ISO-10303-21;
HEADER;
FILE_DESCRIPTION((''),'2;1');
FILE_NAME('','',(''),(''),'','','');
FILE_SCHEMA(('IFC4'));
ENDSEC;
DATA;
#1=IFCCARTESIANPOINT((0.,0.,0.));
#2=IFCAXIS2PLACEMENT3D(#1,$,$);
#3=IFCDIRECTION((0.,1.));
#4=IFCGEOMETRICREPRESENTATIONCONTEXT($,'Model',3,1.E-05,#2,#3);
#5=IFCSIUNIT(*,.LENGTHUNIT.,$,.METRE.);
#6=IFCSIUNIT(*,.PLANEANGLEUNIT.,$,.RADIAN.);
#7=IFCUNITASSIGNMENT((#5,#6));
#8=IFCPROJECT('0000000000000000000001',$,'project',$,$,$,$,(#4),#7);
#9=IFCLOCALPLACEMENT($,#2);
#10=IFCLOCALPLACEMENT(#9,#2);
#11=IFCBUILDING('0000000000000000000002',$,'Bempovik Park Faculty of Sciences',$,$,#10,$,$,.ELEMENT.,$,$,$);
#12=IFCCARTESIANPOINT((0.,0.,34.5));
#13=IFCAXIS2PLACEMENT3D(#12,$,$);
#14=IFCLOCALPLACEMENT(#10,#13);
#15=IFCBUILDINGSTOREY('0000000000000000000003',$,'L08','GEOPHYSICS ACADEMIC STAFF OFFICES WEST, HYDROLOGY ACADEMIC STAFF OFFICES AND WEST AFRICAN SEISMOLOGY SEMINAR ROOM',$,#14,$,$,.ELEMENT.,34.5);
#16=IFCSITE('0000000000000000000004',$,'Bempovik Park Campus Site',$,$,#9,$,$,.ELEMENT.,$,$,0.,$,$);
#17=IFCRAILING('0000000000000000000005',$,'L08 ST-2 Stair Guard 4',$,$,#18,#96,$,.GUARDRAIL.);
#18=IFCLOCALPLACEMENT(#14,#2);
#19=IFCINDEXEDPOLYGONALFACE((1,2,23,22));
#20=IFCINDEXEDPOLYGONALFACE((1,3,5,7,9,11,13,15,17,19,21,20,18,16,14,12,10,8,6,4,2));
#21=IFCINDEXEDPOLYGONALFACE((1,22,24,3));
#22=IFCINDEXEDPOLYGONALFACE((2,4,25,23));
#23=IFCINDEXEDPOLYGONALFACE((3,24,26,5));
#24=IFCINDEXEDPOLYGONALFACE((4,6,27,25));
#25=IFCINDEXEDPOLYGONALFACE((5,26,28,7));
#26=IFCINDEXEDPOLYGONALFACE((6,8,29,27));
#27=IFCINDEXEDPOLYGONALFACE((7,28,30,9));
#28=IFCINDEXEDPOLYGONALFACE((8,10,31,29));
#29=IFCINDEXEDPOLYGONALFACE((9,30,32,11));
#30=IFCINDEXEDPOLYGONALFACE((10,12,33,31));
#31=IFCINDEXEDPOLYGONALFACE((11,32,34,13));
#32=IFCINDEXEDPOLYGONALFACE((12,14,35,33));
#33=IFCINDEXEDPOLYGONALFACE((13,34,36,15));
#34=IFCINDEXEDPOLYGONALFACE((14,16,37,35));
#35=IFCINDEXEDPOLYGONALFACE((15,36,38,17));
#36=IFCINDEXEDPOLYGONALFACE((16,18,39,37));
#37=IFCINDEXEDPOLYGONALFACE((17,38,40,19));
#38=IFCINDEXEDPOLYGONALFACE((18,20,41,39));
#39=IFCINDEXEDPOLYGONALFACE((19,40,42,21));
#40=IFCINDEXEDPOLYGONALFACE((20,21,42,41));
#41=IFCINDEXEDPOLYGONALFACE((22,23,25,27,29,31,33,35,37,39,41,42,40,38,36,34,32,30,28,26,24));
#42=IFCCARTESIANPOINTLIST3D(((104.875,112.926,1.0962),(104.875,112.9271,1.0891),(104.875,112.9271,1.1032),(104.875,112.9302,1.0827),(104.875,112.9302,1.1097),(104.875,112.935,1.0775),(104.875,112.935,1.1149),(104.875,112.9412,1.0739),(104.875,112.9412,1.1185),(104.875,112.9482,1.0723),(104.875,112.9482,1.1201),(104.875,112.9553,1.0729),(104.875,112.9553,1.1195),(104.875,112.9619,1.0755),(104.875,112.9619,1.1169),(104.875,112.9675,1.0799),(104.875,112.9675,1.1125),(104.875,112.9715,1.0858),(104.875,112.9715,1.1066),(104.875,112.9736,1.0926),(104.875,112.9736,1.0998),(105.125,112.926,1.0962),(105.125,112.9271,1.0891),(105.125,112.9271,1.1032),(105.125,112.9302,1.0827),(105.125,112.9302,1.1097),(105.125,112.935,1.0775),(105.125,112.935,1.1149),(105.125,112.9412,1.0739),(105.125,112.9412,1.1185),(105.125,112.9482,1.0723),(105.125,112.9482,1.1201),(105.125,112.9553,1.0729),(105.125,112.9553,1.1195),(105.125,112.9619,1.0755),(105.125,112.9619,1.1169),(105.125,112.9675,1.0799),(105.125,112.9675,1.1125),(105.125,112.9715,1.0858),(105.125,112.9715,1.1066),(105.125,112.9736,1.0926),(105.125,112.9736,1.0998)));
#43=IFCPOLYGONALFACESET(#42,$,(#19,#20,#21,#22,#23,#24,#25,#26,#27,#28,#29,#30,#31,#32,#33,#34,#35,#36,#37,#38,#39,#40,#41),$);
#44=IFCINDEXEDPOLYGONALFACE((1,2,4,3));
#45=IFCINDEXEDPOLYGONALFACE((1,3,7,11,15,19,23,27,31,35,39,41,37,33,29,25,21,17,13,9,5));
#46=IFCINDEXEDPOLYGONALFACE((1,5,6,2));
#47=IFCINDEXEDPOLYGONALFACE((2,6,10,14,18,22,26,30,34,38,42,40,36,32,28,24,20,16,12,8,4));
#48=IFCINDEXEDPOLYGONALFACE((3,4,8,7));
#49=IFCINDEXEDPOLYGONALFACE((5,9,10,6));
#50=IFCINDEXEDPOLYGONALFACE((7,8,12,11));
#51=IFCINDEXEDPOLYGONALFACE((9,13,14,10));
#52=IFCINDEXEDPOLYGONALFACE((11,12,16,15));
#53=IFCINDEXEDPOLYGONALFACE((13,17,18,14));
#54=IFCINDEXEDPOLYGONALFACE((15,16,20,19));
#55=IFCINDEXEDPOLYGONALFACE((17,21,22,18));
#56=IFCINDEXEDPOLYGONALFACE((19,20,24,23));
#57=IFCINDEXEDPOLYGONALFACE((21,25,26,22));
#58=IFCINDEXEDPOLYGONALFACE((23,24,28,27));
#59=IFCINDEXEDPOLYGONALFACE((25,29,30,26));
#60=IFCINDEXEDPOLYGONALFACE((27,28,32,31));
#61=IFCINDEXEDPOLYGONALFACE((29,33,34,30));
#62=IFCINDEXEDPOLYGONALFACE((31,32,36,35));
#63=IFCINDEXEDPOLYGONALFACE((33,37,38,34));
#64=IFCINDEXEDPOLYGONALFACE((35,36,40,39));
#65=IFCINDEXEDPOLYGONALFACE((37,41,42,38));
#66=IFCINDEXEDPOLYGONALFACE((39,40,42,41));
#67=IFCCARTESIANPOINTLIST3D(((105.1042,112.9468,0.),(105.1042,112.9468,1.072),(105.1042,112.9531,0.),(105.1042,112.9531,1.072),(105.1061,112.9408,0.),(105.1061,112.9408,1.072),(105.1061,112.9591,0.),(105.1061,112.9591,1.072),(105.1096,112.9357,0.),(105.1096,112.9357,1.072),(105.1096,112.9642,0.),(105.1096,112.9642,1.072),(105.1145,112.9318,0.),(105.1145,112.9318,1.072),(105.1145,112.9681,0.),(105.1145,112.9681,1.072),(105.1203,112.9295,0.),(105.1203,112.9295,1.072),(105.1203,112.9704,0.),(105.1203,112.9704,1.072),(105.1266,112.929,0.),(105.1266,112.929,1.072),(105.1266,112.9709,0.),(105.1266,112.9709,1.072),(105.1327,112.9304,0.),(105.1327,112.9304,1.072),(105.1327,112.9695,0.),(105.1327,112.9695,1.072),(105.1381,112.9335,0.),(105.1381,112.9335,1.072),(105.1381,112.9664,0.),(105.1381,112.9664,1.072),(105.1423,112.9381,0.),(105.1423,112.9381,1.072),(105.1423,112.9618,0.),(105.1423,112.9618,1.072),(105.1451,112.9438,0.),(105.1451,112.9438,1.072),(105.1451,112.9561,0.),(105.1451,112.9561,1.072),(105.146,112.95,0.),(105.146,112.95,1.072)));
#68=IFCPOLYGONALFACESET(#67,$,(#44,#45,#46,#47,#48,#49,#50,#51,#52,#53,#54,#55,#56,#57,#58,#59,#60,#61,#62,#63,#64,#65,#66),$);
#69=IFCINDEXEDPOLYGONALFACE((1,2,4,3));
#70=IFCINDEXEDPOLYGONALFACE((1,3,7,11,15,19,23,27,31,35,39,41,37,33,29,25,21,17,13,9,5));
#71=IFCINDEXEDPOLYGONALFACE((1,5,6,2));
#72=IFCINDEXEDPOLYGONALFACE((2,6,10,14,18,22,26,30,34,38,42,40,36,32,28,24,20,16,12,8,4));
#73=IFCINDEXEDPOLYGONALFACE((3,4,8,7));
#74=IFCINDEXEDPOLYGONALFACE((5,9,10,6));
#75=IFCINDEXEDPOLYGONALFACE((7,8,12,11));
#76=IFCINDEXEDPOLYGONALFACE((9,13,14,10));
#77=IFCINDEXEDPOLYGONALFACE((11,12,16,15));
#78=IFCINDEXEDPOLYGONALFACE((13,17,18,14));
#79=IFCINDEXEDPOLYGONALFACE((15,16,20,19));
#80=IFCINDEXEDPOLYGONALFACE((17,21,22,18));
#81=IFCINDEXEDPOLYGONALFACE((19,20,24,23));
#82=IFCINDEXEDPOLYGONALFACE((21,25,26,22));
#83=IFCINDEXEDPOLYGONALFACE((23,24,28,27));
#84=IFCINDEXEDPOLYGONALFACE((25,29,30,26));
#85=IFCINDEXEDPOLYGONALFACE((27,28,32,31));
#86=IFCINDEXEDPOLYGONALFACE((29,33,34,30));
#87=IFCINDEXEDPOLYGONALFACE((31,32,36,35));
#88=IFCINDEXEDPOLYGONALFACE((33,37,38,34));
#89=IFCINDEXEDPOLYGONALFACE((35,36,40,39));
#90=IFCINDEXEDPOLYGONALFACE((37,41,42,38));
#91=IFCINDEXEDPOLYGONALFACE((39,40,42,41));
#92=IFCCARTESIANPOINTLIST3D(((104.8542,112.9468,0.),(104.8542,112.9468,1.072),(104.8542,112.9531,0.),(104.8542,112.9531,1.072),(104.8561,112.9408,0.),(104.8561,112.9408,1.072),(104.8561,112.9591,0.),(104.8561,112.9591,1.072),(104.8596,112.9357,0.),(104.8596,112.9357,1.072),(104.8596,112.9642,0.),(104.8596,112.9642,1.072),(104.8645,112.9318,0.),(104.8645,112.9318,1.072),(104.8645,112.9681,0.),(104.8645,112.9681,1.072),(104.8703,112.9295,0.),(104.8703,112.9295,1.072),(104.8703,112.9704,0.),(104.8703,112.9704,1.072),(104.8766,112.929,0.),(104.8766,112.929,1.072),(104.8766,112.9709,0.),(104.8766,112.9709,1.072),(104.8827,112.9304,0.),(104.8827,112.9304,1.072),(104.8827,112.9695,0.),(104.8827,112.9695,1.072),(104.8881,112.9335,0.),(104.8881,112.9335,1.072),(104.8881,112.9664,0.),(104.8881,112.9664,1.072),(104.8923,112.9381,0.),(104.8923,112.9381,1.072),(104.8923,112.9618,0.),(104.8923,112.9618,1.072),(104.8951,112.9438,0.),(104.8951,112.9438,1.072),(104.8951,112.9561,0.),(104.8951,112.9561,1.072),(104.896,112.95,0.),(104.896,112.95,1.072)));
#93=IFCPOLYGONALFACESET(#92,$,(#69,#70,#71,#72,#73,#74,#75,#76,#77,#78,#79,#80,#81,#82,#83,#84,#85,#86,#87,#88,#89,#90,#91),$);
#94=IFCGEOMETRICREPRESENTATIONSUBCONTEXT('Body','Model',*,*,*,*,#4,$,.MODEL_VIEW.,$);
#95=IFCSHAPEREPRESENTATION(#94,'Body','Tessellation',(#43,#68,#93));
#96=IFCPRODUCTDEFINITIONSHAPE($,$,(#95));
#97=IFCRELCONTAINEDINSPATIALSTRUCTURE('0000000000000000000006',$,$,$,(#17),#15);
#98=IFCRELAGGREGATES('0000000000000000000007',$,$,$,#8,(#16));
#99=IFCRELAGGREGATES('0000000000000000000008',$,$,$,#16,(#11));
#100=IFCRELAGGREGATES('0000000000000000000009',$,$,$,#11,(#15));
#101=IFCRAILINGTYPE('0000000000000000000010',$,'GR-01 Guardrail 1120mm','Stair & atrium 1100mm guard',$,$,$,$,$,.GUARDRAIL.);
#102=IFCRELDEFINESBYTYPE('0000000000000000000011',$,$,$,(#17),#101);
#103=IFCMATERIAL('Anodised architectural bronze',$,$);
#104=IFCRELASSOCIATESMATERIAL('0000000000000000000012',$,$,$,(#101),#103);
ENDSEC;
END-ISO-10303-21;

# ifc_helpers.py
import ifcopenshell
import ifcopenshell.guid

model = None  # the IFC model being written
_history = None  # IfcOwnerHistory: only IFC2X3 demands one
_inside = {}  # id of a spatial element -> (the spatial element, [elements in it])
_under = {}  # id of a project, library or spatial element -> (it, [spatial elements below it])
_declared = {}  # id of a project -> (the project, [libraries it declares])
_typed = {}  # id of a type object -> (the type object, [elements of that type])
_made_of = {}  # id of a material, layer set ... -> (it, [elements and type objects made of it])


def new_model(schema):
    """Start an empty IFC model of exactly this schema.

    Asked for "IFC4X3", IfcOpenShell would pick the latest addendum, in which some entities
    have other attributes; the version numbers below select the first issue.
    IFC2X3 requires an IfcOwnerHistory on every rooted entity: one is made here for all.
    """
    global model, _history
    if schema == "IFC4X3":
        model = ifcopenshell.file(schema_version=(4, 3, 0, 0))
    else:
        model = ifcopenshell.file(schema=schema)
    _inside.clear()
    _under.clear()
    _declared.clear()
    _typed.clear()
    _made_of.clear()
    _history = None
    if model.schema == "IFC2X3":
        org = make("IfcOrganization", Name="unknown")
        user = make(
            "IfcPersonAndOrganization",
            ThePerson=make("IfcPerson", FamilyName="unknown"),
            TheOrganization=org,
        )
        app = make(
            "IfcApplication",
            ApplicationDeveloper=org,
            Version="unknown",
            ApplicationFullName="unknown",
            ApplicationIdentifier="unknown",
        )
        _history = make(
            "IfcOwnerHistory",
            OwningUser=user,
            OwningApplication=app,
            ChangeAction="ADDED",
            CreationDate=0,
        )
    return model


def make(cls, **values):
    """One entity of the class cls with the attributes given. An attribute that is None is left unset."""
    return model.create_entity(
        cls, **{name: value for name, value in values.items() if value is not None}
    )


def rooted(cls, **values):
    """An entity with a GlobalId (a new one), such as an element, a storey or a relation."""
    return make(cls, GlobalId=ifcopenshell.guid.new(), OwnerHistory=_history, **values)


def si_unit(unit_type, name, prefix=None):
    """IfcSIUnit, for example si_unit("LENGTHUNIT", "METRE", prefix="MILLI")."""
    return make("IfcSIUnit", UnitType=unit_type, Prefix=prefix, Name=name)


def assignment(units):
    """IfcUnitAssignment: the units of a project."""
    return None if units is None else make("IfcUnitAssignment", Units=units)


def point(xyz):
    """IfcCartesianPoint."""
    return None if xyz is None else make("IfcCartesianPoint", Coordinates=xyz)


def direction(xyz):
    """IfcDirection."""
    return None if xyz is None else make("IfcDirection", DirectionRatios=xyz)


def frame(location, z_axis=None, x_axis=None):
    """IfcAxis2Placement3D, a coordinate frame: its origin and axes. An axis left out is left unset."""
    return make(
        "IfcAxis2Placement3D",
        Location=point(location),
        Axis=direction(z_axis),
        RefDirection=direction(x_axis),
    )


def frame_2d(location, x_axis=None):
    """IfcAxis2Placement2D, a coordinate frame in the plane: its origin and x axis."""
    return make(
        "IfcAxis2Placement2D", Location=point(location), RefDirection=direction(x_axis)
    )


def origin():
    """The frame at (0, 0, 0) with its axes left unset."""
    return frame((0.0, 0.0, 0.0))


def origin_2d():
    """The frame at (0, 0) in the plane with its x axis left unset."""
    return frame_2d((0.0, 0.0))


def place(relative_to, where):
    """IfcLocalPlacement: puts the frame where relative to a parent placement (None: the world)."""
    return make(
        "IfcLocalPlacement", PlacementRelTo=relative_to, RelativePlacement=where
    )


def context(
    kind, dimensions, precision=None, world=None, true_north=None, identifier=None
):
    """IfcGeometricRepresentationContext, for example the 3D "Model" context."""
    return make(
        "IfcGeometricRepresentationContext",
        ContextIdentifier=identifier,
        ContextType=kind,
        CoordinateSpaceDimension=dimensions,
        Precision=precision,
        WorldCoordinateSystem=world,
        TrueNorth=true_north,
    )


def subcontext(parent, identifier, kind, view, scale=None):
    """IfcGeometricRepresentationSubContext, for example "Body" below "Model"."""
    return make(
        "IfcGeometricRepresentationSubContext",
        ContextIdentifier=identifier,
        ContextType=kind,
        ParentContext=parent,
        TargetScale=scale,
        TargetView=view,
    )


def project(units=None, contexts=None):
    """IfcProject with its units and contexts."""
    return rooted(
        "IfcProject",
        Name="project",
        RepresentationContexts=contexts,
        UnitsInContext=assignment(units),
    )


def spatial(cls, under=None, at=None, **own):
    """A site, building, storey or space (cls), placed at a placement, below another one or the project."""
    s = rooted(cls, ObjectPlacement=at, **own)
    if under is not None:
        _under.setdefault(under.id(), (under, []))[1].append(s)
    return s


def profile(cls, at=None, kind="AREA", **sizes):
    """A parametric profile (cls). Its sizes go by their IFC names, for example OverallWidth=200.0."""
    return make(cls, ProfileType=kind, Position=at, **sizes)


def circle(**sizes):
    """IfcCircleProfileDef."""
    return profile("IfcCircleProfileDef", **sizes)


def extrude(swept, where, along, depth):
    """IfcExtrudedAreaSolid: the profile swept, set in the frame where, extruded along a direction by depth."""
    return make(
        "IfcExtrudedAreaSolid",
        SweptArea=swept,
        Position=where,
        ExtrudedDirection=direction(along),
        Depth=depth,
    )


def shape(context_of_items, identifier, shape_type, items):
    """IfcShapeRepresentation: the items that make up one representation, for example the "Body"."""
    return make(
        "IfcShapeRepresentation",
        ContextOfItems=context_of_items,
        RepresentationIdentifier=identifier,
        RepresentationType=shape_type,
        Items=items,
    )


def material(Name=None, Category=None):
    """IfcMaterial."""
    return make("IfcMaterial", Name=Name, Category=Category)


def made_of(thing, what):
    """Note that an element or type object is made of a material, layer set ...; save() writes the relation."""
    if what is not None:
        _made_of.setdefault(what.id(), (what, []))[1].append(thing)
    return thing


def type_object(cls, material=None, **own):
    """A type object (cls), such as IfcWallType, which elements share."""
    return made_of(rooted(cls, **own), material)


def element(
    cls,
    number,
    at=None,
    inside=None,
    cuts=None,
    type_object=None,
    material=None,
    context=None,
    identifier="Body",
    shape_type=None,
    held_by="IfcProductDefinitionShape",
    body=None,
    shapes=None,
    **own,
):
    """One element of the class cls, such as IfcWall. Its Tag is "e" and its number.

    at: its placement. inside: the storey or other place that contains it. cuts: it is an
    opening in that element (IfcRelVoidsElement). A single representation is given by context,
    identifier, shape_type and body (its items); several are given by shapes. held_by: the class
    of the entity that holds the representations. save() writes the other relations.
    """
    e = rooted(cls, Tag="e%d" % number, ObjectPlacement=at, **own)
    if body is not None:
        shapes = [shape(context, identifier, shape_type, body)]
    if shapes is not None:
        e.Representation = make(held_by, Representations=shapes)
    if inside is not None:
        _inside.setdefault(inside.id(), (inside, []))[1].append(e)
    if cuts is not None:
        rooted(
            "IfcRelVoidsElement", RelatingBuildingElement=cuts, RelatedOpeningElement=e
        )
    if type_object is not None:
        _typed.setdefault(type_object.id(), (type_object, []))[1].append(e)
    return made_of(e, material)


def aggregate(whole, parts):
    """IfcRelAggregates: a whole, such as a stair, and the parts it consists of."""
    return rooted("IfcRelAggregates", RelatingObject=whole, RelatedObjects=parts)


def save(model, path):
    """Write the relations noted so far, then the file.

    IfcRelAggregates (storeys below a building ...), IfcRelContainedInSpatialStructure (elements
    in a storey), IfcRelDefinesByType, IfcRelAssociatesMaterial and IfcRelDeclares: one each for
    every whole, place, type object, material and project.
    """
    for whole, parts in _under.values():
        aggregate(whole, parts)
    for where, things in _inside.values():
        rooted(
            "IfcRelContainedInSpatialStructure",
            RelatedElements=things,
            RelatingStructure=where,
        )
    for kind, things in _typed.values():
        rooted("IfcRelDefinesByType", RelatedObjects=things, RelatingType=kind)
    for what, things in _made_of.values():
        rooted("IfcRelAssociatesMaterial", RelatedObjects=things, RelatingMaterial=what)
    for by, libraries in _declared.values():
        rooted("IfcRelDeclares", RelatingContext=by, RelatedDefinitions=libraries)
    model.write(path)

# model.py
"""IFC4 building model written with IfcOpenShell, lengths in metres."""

from ifc_helpers import new_model, si_unit, direction, frame, origin, origin_2d, place, context, subcontext, project, spatial, circle, extrude, material, type_object, element, save


model = new_model("IFC4")

# Units and contexts
model_context = context("Model", 3, precision=1e-05, world=origin(), true_north=direction((0.0, 1.0)))
body_context = subcontext(model_context, "Body", "Model", "MODEL_VIEW")
ifc_project = project(units=[si_unit("LENGTHUNIT", "METRE"), si_unit("PLANEANGLEUNIT", "RADIAN")], contexts=[model_context])

# Site, building, storey
site_placement = place(None, origin())
site = spatial("IfcSite", under=ifc_project, at=site_placement, Name="Bempovik Park Campus Site", CompositionType="ELEMENT", RefElevation=0.0)
building_placement = place(site_placement, origin())
building = spatial("IfcBuilding", under=site, at=building_placement, Name="Bempovik Park Faculty of Sciences", CompositionType="ELEMENT")
storey_placement = place(building_placement, frame((0.0, 0.0, 34.5)))
storey = spatial("IfcBuildingStorey", under=building, at=storey_placement, Name="L08", Description="GEOPHYSICS ACADEMIC STAFF OFFICES WEST, HYDROLOGY ACADEMIC STAFF OFFICES AND WEST AFRICAN SEISMOLOGY SEMINAR ROOM", CompositionType="ELEMENT", Elevation=34.5)

# Railing
ifc_material_1 = material(Name="Anodised architectural bronze")
railing_type_1 = type_object("IfcRailingType", Name="GR-01 Guardrail 1120mm", Description="Stair & atrium 1100mm guard", PredefinedType="GUARDRAIL", material=ifc_material_1)
railing_1_placement = place(storey_placement, frame((105.125, 112.95, 0.0)))
element("IfcRailing", 1, at=railing_1_placement, inside=storey, type_object=railing_type_1, Name="L08 ST-2 Stair Guard 4", PredefinedType="GUARDRAIL", context=body_context, shape_type="SweptSolid", body=[
    extrude(circle(Radius=0.0239, at=origin_2d()), frame((0.0, 0.0, 1.0962), z_axis=(-1.0, 0.0, 0.0), x_axis=(0.0, -1.0, 0.0)), (0.0, 0.0, 1.0), 0.25),
    extrude(circle(Radius=0.021, at=origin_2d()), origin(), (0.0, 0.0, 1.0), 1.072),
    extrude(circle(Radius=0.021, at=origin_2d()), frame((-0.25, 0.0, 0.0)), (0.0, 0.0, 1.0), 1.072),
])

save(model, "model.ifc")
